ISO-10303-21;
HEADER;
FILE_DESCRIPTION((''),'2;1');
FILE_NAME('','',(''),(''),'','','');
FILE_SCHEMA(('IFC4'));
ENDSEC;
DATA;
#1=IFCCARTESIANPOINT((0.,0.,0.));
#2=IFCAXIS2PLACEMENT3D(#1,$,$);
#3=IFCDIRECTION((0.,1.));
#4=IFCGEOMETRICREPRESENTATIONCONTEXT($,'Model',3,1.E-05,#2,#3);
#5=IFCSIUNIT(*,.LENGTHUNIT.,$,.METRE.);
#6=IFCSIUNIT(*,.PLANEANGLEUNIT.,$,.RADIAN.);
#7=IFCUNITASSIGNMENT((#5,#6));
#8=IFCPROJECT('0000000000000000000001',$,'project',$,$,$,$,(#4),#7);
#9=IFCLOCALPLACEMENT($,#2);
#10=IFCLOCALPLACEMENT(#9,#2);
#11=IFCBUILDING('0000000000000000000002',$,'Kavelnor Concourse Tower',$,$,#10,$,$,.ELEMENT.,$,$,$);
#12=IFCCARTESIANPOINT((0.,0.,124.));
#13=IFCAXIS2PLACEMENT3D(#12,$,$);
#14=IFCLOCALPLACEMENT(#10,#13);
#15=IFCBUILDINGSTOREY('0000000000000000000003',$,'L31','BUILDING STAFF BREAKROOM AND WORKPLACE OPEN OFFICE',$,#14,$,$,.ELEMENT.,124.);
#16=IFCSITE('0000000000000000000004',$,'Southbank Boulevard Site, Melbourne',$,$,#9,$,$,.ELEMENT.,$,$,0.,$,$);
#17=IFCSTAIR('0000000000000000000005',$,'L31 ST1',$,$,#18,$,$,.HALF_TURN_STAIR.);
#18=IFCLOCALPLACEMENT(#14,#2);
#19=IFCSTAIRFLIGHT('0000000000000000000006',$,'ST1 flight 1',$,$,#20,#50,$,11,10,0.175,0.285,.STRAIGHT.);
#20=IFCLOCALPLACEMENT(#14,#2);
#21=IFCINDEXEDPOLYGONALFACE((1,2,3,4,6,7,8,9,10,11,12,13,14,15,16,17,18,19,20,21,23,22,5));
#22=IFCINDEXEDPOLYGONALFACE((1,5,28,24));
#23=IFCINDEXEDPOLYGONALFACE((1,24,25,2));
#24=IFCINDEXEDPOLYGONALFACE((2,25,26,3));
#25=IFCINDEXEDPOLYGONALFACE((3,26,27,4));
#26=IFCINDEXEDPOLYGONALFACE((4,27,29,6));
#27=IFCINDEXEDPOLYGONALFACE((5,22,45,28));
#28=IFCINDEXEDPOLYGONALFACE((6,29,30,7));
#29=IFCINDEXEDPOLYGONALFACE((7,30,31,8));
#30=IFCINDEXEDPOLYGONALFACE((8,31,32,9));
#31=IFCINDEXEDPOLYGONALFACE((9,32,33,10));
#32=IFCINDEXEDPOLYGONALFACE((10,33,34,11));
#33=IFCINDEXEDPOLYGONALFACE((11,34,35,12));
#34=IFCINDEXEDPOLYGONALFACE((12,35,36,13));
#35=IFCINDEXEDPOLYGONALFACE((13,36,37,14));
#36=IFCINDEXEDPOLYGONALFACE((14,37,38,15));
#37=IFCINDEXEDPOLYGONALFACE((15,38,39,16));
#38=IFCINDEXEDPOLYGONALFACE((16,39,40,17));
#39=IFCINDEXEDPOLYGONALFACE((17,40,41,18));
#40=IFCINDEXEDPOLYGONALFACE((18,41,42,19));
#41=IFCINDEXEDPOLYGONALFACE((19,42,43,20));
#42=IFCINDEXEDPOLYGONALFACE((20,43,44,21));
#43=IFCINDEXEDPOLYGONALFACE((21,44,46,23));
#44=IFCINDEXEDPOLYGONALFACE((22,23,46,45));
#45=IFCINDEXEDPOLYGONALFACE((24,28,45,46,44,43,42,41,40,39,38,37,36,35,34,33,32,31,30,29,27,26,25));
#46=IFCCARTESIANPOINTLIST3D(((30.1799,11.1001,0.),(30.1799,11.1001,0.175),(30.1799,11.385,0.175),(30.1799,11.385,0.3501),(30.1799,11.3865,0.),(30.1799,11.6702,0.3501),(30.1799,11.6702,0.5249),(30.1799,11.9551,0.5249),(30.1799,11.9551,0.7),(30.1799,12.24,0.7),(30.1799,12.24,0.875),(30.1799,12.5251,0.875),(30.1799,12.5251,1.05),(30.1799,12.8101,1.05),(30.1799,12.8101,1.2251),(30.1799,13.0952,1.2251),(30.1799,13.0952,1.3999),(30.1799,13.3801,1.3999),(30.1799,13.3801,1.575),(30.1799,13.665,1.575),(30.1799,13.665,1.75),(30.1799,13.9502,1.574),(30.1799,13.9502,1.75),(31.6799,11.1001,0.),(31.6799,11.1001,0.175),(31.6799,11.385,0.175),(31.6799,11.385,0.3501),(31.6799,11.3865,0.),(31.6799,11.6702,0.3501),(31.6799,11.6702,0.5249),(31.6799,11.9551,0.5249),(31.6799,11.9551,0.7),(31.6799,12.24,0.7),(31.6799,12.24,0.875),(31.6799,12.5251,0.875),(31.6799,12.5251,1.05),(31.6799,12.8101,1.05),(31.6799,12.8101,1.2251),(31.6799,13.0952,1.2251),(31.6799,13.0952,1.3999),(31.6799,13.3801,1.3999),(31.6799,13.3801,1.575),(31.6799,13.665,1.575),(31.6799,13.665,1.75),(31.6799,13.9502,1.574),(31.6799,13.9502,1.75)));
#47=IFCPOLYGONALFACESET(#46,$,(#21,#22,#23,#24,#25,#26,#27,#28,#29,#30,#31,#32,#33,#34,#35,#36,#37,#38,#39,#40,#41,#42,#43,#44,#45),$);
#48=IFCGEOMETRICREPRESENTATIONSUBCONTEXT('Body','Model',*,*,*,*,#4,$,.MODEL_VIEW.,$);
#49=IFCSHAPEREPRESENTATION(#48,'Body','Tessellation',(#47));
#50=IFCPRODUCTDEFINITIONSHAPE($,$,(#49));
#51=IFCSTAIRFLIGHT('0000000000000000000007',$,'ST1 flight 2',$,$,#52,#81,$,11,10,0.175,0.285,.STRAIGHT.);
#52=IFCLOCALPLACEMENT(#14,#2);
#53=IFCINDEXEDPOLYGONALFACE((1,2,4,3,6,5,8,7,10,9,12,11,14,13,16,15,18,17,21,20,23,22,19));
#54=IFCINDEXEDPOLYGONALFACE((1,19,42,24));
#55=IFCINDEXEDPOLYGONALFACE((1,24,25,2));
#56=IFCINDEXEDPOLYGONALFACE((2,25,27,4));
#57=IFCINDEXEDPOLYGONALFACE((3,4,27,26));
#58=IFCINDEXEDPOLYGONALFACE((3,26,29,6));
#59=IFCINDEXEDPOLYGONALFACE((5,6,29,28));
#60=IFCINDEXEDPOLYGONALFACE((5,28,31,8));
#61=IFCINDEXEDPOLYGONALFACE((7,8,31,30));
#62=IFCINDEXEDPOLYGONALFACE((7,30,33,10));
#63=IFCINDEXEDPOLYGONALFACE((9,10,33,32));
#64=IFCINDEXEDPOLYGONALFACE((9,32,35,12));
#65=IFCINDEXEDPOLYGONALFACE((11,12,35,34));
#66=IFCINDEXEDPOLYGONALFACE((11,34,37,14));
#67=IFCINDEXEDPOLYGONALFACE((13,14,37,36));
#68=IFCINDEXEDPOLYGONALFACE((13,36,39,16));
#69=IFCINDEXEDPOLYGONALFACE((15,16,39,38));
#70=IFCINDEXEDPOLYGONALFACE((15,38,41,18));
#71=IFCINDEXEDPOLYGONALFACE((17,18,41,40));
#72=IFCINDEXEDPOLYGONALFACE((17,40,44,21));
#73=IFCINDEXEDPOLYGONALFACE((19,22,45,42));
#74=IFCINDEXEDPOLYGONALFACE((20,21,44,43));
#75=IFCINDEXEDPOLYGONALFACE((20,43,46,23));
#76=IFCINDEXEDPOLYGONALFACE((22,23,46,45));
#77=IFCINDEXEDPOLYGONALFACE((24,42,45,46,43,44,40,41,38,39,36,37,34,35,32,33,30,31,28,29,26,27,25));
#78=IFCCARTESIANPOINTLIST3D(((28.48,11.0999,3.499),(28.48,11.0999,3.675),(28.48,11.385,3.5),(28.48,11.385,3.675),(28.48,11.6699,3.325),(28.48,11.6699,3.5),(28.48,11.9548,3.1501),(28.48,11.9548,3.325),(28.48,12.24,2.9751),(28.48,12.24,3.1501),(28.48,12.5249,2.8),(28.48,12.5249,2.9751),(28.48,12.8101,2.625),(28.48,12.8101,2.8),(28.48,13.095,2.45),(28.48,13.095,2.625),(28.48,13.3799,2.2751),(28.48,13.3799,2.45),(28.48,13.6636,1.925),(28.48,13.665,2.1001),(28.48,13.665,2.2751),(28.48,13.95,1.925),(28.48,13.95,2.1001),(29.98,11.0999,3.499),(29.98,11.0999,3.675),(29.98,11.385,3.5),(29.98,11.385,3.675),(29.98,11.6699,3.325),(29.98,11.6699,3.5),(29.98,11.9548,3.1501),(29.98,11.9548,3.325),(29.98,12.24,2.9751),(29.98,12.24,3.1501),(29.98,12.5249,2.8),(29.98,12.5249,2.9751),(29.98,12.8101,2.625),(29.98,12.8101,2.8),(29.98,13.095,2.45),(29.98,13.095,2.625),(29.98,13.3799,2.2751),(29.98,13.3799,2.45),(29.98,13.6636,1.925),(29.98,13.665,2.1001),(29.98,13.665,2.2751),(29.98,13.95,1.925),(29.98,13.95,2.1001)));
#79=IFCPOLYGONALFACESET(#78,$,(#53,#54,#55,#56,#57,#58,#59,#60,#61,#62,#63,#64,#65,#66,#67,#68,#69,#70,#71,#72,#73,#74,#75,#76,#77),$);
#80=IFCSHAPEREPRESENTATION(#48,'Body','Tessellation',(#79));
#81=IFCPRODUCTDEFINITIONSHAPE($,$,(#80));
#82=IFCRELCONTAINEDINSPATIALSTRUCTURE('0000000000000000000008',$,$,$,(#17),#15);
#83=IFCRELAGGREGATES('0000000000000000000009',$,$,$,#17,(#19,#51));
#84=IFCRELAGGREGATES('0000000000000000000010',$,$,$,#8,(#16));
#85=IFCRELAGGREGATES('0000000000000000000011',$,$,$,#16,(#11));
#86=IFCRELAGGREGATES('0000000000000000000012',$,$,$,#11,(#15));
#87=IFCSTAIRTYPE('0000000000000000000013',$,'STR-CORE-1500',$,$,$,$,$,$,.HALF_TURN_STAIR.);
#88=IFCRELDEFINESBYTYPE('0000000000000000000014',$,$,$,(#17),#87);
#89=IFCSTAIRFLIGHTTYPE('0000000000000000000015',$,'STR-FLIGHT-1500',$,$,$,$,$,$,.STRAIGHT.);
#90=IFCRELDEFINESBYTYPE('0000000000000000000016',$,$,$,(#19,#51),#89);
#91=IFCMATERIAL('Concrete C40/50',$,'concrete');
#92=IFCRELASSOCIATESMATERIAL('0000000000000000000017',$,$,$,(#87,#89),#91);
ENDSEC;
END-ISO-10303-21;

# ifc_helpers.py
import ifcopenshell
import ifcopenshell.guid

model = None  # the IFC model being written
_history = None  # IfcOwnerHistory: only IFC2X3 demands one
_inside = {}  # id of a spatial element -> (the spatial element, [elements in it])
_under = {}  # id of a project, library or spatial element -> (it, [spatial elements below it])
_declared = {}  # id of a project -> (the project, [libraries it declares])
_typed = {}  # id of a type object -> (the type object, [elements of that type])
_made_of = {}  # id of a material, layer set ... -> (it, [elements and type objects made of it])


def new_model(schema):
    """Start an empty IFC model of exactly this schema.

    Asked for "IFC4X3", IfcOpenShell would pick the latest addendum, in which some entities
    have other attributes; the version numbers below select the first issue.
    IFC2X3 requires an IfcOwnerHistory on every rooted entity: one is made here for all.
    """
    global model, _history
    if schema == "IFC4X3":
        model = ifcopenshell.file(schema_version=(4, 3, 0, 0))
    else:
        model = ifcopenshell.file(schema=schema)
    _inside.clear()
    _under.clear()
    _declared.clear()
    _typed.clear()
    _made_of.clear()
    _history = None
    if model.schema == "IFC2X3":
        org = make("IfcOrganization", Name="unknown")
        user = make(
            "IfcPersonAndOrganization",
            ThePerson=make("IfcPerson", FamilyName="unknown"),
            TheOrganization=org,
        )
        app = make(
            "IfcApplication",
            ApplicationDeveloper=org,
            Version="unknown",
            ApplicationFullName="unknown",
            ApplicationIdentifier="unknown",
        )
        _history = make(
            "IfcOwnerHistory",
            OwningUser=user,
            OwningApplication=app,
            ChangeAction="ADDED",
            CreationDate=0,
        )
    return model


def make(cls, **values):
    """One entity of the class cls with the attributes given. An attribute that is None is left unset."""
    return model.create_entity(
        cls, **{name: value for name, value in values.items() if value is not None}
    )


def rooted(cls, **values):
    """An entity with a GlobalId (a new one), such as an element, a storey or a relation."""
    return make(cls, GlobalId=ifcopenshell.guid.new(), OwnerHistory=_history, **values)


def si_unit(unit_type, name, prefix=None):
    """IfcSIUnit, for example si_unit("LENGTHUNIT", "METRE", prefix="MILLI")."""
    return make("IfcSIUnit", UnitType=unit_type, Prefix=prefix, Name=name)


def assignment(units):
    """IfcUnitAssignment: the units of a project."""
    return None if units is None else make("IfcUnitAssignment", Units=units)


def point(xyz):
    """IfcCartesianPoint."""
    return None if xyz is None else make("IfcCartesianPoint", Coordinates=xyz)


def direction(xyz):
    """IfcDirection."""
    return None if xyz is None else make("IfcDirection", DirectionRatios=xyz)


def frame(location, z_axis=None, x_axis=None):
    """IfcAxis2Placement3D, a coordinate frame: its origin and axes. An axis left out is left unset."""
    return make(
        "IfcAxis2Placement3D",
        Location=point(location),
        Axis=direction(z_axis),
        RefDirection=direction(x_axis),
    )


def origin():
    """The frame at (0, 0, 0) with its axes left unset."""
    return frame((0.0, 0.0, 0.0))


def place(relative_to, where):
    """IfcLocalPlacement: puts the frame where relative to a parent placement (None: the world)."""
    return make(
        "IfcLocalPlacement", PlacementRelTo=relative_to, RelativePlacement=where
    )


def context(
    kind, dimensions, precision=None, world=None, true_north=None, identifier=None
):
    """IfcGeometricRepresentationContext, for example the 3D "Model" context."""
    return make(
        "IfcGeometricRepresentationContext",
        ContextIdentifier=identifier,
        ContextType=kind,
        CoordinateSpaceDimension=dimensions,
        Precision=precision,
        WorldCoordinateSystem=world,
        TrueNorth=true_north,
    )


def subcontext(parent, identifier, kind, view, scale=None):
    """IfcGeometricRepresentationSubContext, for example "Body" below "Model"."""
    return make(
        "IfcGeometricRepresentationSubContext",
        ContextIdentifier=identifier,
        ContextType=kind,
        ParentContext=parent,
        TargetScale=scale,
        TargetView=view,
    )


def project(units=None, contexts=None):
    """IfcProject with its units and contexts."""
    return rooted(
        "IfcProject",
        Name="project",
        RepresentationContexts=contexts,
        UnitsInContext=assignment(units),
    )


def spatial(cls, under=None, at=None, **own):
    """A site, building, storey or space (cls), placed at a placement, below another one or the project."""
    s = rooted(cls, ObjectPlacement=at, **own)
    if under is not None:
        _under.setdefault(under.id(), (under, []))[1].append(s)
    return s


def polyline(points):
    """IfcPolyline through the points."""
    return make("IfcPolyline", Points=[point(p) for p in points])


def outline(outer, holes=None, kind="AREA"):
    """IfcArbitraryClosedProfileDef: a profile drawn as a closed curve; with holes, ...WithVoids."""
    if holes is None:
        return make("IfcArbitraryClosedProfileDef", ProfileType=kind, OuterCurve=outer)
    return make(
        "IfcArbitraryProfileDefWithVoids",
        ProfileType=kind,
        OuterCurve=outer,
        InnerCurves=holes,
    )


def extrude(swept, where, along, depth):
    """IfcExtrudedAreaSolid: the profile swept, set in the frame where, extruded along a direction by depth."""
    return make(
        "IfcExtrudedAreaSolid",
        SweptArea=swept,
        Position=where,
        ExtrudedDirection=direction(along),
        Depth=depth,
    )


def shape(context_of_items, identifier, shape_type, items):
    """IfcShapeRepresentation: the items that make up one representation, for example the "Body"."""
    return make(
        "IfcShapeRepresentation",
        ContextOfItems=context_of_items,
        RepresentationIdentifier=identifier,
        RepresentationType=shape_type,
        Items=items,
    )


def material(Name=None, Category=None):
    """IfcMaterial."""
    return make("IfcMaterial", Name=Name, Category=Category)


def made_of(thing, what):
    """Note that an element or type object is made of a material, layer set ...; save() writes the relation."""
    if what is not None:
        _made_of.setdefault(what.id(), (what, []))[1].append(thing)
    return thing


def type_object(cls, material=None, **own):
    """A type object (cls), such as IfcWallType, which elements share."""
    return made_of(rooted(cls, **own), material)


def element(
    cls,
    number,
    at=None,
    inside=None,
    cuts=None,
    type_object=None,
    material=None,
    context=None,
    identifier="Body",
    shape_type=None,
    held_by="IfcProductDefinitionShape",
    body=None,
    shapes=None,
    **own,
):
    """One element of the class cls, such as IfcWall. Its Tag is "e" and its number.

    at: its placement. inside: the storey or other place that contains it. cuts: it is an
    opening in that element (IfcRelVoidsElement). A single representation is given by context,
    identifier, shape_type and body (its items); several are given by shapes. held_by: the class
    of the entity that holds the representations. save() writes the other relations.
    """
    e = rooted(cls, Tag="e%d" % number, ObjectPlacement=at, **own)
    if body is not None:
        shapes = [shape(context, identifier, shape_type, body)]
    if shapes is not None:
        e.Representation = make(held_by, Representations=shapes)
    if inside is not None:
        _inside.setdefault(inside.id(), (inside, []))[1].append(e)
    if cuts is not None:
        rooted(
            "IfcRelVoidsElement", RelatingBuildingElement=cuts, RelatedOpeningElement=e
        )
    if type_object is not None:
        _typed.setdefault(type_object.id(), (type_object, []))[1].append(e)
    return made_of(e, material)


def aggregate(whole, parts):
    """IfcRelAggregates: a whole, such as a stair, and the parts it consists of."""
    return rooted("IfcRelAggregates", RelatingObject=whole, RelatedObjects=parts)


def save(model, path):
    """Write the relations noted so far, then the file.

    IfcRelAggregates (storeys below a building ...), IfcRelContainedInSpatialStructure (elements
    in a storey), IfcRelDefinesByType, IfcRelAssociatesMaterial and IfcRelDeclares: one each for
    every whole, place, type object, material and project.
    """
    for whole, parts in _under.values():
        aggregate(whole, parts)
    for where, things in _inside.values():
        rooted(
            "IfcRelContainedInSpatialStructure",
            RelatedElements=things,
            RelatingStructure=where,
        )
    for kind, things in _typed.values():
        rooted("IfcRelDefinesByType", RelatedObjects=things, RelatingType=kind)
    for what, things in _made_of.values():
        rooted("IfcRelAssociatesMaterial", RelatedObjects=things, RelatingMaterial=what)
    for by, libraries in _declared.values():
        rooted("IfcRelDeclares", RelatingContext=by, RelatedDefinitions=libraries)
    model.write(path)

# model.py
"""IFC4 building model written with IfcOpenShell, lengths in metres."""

from ifc_helpers import new_model, si_unit, direction, frame, origin, place, context, subcontext, project, spatial, polyline, outline, extrude, material, type_object, element, aggregate, save


model = new_model("IFC4")

# Units and contexts
model_context = context("Model", 3, precision=1e-05, world=origin(), true_north=direction((0.0, 1.0)))
body_context = subcontext(model_context, "Body", "Model", "MODEL_VIEW")
ifc_project = project(units=[si_unit("LENGTHUNIT", "METRE"), si_unit("PLANEANGLEUNIT", "RADIAN")], contexts=[model_context])

# Site, building, storey
site_placement = place(None, origin())
site = spatial("IfcSite", under=ifc_project, at=site_placement, Name="Southbank Boulevard Site, Melbourne", CompositionType="ELEMENT", RefElevation=0.0)
building_placement = place(site_placement, origin())
building = spatial("IfcBuilding", under=site, at=building_placement, Name="Kavelnor Concourse Tower", CompositionType="ELEMENT")
storey_placement = place(building_placement, frame((0.0, 0.0, 124.0)))
storey = spatial("IfcBuildingStorey", under=building, at=storey_placement, Name="L31", Description="BUILDING STAFF BREAKROOM AND WORKPLACE OPEN OFFICE", CompositionType="ELEMENT", Elevation=124.0)

# Stair, stair flights
ifc_material_1 = material(Name="Concrete C40/50", Category="concrete")
stair_type = type_object("IfcStairType", Name="STR-CORE-1500", PredefinedType="HALF_TURN_STAIR", material=ifc_material_1)
stair_placement = place(storey_placement, origin())
stair = element("IfcStair", 1, at=stair_placement, inside=storey, type_object=stair_type, Name="L31 ST1", PredefinedType="HALF_TURN_STAIR")
stair_flight_type = type_object("IfcStairFlightType", Name="STR-FLIGHT-1500", PredefinedType="STRAIGHT", material=ifc_material_1)
stair_flight_1_placement = place(storey_placement, frame((30.9299, 11.1001, 0.0), z_axis=(0.0, 0.0, 1.0), x_axis=(0.0, 1.0, 0.0)))
stair_flight_1 = element("IfcStairFlight", 2, at=stair_flight_1_placement, type_object=stair_flight_type, Name="ST1 flight 1", NumberOfRisers=11, NumberOfTreads=10, PredefinedType="STRAIGHT", RiserHeight=0.175, TreadLength=0.285, context=body_context, shape_type="SweptSolid", body=[
    extrude(outline(polyline([(0.0, 0.0), (0.0, 0.175), (0.2849, 0.175), (0.2849, 0.3501), (0.5701, 0.3501), (0.5701, 0.5249), (0.855, 0.5249), (0.855, 0.7), (1.1399, 0.7), (1.1399, 0.875), (1.425, 0.875), (1.425, 1.05), (1.71, 1.05), (1.71, 1.2251), (1.9951, 1.2251), (1.9951, 1.3999), (2.28, 1.3999), (2.28, 1.575), (2.5649, 1.575), (2.5649, 1.75), (2.8501, 1.75), (2.8501, 1.925), (2.8501, 1.574), (0.2864, 0.0), (0.0, 0.0)])), frame((0.0, 0.75, 0.0), z_axis=(0.0, -1.0, 0.0), x_axis=(1.0, 0.0, 0.0)), (0.0, 0.0, 1.0), 1.5),
])
stair_flight_2_placement = place(storey_placement, frame((29.23, 13.95, 1.925), z_axis=(0.0, 0.0, 1.0), x_axis=(0.0, -1.0, 0.0)))
stair_flight_2 = element("IfcStairFlight", 3, at=stair_flight_2_placement, type_object=stair_flight_type, Name="ST1 flight 2", NumberOfRisers=11, NumberOfTreads=10, PredefinedType="STRAIGHT", RiserHeight=0.175, TreadLength=0.285, context=body_context, shape_type="SweptSolid", body=[
    extrude(outline(polyline([(0.0, 0.0), (0.0, 0.175), (0.2849, 0.175), (0.2849, 0.3501), (0.5701, 0.3501), (0.5701, 0.5249), (0.855, 0.5249), (0.855, 0.7), (1.1399, 0.7), (1.1399, 0.875), (1.425, 0.875), (1.425, 1.05), (1.71, 1.05), (1.71, 1.2251), (1.9951, 1.2251), (1.9951, 1.3999), (2.28, 1.3999), (2.28, 1.575), (2.5649, 1.575), (2.5649, 1.75), (2.8501, 1.75), (2.8501, 1.925), (2.8501, 1.574), (0.2864, 0.0), (0.0, 0.0)])), frame((0.0, 0.75, 0.0), z_axis=(0.0, -1.0, 0.0), x_axis=(1.0, 0.0, 0.0)), (0.0, 0.0, 1.0), 1.5),
])
aggregate(stair, [stair_flight_1, stair_flight_2])

save(model, "model.ifc")
